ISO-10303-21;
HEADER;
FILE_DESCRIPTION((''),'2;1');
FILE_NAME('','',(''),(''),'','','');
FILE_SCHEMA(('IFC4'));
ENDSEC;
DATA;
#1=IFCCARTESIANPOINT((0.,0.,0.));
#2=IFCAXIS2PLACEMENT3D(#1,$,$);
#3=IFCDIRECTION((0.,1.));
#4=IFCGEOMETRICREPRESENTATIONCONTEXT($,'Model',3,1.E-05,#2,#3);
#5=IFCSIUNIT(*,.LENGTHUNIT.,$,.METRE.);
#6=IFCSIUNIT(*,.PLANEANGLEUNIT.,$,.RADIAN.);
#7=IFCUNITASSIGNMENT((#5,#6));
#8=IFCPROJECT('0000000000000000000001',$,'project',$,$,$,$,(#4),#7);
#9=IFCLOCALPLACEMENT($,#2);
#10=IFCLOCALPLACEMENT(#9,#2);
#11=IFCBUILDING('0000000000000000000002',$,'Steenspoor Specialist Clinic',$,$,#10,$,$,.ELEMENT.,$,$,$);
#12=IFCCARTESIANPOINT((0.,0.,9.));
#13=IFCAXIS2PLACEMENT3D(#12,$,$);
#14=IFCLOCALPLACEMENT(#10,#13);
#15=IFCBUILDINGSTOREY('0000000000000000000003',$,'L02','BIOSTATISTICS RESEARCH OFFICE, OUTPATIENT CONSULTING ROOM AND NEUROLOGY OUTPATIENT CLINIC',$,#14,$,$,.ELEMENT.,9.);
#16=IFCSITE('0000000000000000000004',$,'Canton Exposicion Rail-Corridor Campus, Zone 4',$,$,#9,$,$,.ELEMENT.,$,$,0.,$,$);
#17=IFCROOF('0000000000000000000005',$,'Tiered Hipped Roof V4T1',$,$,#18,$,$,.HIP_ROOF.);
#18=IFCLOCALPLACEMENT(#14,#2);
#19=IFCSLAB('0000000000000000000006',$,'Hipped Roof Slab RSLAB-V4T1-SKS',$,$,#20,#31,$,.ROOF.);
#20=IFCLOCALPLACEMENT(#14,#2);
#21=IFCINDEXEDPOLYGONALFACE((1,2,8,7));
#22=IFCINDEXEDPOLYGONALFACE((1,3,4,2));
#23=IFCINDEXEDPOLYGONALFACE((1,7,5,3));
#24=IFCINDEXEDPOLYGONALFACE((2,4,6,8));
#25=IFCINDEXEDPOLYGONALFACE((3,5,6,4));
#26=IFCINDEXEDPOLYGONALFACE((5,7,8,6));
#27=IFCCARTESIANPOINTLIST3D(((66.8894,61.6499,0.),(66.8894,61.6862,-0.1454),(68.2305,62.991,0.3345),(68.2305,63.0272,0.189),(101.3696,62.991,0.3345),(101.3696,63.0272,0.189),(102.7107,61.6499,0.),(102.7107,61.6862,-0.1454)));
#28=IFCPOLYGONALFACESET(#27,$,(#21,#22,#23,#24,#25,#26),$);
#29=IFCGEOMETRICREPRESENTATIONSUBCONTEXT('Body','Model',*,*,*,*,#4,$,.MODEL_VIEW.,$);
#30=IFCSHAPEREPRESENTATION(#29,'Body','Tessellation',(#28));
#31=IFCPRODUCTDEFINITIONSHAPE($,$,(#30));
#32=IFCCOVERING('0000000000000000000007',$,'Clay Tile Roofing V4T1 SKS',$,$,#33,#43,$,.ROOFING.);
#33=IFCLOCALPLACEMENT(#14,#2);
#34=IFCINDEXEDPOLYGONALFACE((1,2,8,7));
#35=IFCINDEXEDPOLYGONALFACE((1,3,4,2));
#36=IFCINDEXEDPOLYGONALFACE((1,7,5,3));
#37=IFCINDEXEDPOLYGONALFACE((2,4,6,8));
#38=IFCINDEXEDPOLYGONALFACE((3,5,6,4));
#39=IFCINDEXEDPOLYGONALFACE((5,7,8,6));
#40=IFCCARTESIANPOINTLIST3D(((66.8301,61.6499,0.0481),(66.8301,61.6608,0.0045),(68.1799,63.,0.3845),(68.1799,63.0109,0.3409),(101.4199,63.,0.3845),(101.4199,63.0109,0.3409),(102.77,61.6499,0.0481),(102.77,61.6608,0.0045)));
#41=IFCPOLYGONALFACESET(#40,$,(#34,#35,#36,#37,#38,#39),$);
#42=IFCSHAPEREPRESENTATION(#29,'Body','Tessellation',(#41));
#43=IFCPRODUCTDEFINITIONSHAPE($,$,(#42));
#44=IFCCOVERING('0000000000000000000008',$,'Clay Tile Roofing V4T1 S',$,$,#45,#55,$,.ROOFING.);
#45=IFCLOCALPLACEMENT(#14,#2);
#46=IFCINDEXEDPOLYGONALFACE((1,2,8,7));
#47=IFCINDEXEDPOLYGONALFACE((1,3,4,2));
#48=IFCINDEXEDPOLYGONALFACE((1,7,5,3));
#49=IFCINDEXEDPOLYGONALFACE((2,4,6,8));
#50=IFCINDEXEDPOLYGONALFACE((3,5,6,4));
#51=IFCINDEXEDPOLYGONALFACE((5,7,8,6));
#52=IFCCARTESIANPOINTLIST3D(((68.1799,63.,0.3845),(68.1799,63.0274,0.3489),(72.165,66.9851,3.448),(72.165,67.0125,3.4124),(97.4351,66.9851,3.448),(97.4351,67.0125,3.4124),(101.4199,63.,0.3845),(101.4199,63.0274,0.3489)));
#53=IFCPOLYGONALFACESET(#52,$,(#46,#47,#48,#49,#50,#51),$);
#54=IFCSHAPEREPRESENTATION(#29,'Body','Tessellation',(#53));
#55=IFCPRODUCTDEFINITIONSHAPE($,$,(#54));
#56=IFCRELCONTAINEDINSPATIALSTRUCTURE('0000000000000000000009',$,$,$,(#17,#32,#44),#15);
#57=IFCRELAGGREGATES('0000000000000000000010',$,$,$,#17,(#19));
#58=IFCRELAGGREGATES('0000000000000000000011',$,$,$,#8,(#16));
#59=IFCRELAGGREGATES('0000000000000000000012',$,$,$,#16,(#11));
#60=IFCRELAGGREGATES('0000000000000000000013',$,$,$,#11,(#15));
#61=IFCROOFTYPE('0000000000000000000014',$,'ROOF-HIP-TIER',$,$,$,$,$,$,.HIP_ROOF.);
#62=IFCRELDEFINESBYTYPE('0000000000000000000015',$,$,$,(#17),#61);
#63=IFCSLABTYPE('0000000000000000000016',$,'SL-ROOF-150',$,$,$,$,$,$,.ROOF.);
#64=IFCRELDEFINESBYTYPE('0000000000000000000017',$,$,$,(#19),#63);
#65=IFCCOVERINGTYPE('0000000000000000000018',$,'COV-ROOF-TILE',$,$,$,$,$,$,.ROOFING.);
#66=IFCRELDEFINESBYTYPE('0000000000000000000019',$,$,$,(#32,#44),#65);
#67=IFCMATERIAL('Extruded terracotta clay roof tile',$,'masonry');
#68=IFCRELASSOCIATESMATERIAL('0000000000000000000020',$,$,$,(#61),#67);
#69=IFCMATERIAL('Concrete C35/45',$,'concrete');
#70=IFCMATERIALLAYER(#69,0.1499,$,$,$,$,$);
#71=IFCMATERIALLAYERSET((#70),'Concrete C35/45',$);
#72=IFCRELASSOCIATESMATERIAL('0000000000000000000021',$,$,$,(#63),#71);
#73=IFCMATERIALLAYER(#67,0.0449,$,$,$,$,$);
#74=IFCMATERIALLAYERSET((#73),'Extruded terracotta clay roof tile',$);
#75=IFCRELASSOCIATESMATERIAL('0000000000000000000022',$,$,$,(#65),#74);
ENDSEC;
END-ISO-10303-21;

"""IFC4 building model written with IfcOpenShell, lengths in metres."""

from ifc_helpers import new_model, si_unit, direction, frame, origin, place, context, subcontext, project, spatial, polyline, outline, extrude, material, layer, layer_set, type_object, element, aggregate, save


model = new_model("IFC4")

# Units and contexts
model_context = context("Model", 3, precision=1e-05, world=origin(), true_north=direction((0.0, 1.0)))
body_context = subcontext(model_context, "Body", "Model", "MODEL_VIEW")
ifc_project = project(units=[si_unit("LENGTHUNIT", "METRE"), si_unit("PLANEANGLEUNIT", "RADIAN")], contexts=[model_context])

# Site, building, storey
site_placement = place(None, origin())
site = spatial("IfcSite", under=ifc_project, at=site_placement, Name="Canton Exposicion Rail-Corridor Campus, Zone 4", CompositionType="ELEMENT", RefElevation=0.0)
building_placement = place(site_placement, origin())
building = spatial("IfcBuilding", under=site, at=building_placement, Name="Steenspoor Specialist Clinic", CompositionType="ELEMENT")
storey_placement = place(building_placement, frame((0.0, 0.0, 9.0)))
storey = spatial("IfcBuildingStorey", under=building, at=storey_placement, Name="L02", Description="BIOSTATISTICS RESEARCH OFFICE, OUTPATIENT CONSULTING ROOM AND NEUROLOGY OUTPATIENT CLINIC", CompositionType="ELEMENT", Elevation=9.0)

# Roof, slab
ifc_material_1 = material(Name="Extruded terracotta clay roof tile", Category="masonry")
roof_type = type_object("IfcRoofType", Name="ROOF-HIP-TIER", PredefinedType="HIP_ROOF", material=ifc_material_1)
roof_placement = place(storey_placement, origin())
roof = element("IfcRoof", 1, at=roof_placement, inside=storey, type_object=roof_type, Name="Tiered Hipped Roof V4T1", PredefinedType="HIP_ROOF")
ifc_material_2 = material(Name="Concrete C35/45", Category="concrete")
ifc_layer_1 = layer(ifc_material_2, 0.1499)
ifc_layer_set_1 = layer_set([ifc_layer_1], Name="Concrete C35/45")
slab_type = type_object("IfcSlabType", Name="SL-ROOF-150", PredefinedType="ROOF", material=ifc_layer_set_1)
slab_placement = place(storey_placement, frame((68.2305, 62.991, 0.3345), z_axis=(0.0, -0.241995, 0.970277), x_axis=(-0.696361, -0.696361, -0.173678)))
slab = element("IfcSlab", 2, at=slab_placement, type_object=slab_type, Name="Hipped Roof Slab RSLAB-V4T1-SKS", PredefinedType="ROOF", context=body_context, shape_type="SweptSolid", body=[
    extrude(outline(polyline([(0.0, 0.0), (1.9258, 0.0), (-23.0187, 25.7087), (-23.0768, 23.7837), (0.0, 0.0)])), origin(), (0.0, 0.0, -1.0), 0.1499),
])
aggregate(roof, [slab])

# Coverings
ifc_layer_2 = layer(ifc_material_1, 0.0449)
ifc_layer_set_2 = layer_set([ifc_layer_2], Name="Extruded terracotta clay roof tile")
covering_type = type_object("IfcCoveringType", Name="COV-ROOF-TILE", PredefinedType="ROOFING", material=ifc_layer_set_2)
covering_1_placement = place(storey_placement, frame((66.8301, 61.6499, 0.0481), z_axis=(0.0, -0.241792, 0.970328), x_axis=(1.0, 0.0, 0.0)))
element("IfcCovering", 3, at=covering_1_placement, inside=storey, type_object=covering_type, Name="Clay Tile Roofing V4T1 SKS", PredefinedType="ROOFING", context=body_context, shape_type="SweptSolid", body=[
    extrude(outline(polyline([(0.0, 0.0), (35.9399, 0.0), (34.5898, 1.3914), (1.3499, 1.3914), (0.0, 0.0)])), origin(), (0.0, 0.0, -1.0), 0.0449),
])
covering_2_placement = place(storey_placement, frame((68.1799, 63.0, 0.3845), z_axis=(0.0, -0.609462, 0.792815), x_axis=(1.0, 0.0, 0.0)))
element("IfcCovering", 4, at=covering_2_placement, inside=storey, type_object=covering_type, Name="Clay Tile Roofing V4T1 S", PredefinedType="ROOFING", context=body_context, shape_type="SweptSolid", body=[
    extrude(outline(polyline([(0.0, 0.0), (33.24, 0.0), (29.2551, 5.0265), (3.9851, 5.0265), (0.0, 0.0)])), origin(), (0.0, 0.0, -1.0), 0.0449),
])

save(model, "model.ifc")
